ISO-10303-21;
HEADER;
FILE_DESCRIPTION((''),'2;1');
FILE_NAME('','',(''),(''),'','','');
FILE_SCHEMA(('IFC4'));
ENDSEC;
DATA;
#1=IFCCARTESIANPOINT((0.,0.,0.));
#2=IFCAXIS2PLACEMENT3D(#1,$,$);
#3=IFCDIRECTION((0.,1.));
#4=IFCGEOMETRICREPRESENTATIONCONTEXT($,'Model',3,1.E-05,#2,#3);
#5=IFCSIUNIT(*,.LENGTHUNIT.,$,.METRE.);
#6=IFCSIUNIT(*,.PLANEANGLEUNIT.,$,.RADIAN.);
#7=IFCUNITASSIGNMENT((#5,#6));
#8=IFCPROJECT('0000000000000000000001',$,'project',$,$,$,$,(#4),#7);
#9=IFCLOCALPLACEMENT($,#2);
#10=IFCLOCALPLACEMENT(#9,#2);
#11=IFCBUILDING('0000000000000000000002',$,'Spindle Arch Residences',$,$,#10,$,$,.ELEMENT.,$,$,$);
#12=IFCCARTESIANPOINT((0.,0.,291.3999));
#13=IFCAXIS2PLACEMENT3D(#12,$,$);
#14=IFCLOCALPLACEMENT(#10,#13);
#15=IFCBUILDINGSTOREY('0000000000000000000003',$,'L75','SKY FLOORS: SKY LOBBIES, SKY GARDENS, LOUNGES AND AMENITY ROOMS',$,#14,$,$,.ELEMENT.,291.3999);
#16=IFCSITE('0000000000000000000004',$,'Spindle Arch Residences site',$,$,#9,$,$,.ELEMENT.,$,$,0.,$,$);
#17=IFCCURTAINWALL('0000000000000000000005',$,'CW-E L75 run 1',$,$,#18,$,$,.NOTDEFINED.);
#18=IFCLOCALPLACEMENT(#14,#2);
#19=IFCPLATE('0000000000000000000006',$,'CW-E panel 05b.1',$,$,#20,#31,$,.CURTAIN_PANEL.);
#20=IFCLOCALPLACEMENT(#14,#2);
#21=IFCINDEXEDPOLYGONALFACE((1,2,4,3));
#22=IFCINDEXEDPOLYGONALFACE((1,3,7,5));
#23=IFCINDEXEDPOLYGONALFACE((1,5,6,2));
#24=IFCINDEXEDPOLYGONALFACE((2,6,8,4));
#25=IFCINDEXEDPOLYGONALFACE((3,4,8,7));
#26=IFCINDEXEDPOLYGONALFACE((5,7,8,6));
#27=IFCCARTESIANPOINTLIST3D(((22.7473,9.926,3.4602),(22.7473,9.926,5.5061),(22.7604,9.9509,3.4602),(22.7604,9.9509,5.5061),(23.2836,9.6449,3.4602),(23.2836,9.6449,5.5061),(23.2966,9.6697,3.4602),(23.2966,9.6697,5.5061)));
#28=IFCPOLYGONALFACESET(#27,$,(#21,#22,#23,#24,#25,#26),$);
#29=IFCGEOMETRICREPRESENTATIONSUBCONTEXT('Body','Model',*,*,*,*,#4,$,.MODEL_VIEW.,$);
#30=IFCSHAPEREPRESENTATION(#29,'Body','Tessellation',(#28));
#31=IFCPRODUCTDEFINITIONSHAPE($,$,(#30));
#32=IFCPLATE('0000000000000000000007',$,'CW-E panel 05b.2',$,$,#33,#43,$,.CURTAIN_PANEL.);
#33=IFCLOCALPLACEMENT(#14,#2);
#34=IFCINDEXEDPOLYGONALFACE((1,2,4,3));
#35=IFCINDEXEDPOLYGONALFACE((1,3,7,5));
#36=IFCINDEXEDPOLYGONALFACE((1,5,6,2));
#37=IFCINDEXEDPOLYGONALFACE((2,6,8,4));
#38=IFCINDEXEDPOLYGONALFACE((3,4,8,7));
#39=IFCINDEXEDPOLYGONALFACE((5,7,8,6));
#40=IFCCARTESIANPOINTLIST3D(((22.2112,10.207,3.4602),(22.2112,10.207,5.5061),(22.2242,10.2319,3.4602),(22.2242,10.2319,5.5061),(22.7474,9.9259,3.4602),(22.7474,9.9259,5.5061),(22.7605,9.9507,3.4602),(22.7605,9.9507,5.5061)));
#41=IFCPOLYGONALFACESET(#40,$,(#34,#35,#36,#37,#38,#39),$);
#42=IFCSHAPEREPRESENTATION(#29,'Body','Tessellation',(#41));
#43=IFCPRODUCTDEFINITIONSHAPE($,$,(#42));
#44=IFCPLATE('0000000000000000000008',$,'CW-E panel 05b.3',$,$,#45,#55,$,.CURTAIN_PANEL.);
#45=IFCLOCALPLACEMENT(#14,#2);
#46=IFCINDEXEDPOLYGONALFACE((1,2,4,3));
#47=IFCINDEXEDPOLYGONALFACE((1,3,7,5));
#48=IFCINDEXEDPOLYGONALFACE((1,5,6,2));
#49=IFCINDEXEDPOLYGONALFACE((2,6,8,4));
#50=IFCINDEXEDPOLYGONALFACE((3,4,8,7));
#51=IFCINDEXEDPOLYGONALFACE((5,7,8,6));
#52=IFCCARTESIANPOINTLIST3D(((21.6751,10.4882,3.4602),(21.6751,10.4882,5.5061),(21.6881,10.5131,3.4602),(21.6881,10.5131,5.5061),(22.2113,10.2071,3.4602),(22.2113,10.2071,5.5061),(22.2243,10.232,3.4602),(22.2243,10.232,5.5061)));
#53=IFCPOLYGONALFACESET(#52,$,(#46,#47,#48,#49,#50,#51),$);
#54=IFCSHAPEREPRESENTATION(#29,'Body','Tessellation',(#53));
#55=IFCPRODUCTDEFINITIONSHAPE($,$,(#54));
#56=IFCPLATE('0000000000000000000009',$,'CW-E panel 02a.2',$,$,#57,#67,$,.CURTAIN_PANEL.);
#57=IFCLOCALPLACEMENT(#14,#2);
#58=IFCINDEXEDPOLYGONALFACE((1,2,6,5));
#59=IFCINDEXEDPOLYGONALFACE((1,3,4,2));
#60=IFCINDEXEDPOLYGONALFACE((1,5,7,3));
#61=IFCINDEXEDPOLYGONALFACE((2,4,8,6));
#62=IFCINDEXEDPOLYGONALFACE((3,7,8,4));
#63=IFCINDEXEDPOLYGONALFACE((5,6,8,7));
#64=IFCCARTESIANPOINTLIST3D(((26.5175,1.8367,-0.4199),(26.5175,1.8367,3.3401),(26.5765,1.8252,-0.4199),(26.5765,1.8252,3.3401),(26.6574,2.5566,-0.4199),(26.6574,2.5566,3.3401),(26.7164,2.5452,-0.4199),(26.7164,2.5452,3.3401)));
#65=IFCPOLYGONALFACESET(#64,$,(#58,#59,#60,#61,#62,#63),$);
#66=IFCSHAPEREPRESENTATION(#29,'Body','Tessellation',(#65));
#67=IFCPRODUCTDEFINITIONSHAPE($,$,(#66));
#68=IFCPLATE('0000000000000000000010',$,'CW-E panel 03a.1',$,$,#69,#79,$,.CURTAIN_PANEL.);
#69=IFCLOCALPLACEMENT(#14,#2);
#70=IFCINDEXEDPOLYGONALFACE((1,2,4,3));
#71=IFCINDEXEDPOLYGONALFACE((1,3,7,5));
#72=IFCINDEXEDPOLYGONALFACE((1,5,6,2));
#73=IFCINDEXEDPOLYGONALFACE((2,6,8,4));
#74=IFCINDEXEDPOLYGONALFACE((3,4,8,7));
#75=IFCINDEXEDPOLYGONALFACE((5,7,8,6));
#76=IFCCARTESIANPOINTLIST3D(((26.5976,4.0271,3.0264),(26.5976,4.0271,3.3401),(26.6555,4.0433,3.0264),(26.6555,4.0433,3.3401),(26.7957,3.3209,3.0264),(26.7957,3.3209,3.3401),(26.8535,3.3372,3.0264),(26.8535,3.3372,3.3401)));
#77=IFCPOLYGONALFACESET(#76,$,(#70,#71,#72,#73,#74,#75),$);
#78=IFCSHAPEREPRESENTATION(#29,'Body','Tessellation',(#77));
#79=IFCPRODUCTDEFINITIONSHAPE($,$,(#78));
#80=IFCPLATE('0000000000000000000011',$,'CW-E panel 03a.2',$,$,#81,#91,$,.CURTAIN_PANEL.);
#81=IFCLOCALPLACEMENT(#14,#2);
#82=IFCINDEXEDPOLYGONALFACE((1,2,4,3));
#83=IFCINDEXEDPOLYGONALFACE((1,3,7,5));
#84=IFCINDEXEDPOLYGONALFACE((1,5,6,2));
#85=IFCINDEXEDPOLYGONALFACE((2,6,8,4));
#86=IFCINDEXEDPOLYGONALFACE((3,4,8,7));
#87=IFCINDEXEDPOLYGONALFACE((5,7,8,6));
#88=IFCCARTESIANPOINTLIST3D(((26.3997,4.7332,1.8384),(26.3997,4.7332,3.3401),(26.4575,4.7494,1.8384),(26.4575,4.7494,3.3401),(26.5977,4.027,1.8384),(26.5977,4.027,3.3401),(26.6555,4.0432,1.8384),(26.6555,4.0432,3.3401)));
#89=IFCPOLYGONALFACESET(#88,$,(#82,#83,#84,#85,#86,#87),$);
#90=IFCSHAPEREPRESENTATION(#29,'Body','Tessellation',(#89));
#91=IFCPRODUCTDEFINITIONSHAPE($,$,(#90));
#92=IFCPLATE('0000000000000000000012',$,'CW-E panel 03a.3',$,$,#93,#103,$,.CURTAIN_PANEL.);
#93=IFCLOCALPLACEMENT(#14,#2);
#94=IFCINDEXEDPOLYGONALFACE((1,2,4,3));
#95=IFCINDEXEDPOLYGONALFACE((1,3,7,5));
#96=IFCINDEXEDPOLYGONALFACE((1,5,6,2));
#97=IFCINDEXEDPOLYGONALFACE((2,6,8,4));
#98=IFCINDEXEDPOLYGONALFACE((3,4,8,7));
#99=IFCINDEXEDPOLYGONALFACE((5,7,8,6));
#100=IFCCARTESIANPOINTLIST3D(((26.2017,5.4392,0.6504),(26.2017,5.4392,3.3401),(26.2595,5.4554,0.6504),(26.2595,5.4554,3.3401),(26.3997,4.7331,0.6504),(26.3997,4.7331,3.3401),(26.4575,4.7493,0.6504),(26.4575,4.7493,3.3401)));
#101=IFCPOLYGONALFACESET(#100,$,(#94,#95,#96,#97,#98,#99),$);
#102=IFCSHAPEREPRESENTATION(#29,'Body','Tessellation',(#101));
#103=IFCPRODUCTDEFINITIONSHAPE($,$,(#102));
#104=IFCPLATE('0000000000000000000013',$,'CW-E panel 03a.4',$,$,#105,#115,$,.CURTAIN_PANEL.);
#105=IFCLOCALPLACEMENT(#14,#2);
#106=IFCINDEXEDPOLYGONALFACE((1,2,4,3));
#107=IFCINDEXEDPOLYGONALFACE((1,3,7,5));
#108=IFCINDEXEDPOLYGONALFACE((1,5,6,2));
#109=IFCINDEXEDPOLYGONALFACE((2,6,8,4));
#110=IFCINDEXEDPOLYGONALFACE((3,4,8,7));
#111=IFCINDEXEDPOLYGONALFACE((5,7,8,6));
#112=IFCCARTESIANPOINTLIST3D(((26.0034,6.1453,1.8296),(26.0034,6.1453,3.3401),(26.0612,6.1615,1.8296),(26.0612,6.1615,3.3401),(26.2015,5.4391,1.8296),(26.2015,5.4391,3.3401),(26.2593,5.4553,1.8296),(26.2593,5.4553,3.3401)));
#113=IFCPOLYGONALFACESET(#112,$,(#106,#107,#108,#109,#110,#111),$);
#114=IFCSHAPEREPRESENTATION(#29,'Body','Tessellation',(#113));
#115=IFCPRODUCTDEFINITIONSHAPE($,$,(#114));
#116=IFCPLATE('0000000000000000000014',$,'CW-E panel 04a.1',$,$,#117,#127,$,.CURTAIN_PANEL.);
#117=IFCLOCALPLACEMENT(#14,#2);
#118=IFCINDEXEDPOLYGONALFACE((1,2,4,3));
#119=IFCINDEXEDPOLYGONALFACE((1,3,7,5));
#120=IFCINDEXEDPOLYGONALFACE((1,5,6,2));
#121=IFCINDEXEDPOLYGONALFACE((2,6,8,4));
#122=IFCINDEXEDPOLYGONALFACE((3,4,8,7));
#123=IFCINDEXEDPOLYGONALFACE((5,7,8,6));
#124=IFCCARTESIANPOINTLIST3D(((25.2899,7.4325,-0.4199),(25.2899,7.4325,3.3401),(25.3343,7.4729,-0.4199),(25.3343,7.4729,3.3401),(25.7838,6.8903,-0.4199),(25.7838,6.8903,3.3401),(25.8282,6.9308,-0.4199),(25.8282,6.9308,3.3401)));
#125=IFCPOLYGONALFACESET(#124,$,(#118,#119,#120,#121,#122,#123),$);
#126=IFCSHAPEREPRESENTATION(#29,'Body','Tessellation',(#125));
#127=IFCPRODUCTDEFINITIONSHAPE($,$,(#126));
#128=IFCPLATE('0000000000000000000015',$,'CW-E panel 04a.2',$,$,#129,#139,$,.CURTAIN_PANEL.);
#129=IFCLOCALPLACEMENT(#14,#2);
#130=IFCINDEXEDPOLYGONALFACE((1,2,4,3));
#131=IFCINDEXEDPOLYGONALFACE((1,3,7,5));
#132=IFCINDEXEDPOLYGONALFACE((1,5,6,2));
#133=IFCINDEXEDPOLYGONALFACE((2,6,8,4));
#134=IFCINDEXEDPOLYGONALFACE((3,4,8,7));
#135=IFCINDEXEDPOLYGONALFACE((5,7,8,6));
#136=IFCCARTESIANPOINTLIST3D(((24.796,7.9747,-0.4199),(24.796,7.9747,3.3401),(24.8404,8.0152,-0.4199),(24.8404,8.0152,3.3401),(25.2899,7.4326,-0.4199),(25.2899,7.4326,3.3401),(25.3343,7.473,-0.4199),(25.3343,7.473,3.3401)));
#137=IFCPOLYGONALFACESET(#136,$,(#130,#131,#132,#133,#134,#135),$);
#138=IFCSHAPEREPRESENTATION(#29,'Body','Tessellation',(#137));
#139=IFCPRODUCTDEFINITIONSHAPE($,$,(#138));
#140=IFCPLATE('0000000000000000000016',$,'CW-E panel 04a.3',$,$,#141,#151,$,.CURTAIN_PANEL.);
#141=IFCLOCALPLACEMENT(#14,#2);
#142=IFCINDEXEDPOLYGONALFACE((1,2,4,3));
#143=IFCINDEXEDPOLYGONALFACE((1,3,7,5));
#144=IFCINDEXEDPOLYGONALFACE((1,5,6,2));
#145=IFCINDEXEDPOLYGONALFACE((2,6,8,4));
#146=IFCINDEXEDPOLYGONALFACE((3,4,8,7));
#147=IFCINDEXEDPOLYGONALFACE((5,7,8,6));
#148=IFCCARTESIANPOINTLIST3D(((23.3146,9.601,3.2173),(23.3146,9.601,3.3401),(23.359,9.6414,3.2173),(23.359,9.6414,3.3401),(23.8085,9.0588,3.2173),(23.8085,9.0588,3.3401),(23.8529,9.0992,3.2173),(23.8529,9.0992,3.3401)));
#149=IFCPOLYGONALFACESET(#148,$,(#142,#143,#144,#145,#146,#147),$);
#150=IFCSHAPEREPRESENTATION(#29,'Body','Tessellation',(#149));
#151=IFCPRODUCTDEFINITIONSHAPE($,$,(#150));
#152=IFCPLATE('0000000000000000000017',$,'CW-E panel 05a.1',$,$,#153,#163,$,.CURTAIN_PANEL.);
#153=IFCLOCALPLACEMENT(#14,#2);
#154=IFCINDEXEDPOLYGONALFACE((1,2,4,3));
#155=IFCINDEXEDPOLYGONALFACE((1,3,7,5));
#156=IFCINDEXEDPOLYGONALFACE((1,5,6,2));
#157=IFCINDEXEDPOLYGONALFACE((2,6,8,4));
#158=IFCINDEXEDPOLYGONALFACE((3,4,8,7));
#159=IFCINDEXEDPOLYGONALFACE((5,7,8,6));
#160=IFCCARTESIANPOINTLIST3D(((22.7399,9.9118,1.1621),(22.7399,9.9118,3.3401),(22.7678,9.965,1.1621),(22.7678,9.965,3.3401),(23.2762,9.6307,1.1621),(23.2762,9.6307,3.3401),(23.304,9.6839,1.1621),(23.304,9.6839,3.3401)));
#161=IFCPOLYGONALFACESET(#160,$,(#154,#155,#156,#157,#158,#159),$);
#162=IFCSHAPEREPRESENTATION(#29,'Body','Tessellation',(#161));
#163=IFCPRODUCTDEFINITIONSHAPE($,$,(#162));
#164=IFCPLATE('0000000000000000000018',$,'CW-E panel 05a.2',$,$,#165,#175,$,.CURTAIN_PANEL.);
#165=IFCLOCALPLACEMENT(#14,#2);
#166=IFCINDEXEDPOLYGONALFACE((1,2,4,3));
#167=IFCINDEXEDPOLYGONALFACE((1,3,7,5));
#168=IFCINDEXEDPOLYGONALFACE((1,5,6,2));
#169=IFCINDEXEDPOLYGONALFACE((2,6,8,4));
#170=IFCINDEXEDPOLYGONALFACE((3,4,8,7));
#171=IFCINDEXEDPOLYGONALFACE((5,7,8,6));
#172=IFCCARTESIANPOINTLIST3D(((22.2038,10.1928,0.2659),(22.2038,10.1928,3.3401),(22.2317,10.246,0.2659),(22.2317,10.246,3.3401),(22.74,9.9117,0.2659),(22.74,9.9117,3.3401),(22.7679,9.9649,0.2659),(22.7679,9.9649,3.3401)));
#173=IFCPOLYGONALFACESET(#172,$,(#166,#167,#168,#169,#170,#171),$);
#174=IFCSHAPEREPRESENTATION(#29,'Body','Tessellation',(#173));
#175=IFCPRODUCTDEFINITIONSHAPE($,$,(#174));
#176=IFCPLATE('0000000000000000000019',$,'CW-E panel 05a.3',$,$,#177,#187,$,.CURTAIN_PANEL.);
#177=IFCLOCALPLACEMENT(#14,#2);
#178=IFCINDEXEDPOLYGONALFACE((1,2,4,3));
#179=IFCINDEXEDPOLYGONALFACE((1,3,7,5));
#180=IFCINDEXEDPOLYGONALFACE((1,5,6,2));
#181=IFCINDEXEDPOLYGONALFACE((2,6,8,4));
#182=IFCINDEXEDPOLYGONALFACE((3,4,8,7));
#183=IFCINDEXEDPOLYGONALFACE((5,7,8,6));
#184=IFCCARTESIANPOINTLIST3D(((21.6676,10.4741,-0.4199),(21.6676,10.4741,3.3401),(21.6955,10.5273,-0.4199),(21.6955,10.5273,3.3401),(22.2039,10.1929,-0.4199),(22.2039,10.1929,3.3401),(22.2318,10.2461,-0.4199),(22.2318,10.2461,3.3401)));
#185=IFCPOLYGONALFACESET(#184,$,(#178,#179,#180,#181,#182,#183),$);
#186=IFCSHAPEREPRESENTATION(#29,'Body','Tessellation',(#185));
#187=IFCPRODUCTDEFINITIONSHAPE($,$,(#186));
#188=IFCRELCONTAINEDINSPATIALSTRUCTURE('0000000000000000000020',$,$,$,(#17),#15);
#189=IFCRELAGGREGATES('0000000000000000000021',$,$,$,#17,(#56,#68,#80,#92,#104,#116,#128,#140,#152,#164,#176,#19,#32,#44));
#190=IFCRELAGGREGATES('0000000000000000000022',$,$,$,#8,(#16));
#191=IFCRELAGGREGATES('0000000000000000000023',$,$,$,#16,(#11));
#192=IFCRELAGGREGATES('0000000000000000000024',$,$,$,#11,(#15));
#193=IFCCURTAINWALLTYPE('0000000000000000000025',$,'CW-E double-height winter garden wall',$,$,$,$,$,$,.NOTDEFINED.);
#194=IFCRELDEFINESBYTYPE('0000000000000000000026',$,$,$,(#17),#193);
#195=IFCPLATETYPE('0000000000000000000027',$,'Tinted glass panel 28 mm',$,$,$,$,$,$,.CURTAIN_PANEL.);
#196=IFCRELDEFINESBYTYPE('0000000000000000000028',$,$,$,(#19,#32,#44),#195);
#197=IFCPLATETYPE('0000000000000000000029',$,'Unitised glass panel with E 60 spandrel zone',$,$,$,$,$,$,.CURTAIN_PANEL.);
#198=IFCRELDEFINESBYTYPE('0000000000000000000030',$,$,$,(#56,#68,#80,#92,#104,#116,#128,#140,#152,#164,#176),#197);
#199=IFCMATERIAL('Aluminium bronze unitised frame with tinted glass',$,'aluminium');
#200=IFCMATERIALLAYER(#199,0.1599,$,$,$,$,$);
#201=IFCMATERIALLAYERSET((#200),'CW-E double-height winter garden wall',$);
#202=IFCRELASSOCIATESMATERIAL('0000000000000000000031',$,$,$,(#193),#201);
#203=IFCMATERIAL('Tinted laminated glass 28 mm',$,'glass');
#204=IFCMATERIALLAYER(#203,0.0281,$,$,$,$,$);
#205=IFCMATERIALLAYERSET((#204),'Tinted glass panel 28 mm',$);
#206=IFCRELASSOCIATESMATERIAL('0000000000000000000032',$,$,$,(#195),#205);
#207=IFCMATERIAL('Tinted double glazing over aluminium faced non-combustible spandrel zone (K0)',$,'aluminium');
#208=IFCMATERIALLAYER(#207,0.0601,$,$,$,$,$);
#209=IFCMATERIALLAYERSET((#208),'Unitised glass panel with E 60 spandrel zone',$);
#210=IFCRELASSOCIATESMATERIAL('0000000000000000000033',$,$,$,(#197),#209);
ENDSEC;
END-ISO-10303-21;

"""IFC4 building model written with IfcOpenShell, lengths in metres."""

from ifc_helpers import new_model, si_unit, direction, frame, origin, origin_2d, place, context, subcontext, project, spatial, rectangle, extrude, material, layer, layer_set, type_object, element, aggregate, save


model = new_model("IFC4")

# Units and contexts
model_context = context("Model", 3, precision=1e-05, world=origin(), true_north=direction((0.0, 1.0)))
body_context = subcontext(model_context, "Body", "Model", "MODEL_VIEW")
ifc_project = project(units=[si_unit("LENGTHUNIT", "METRE"), si_unit("PLANEANGLEUNIT", "RADIAN")], contexts=[model_context])

# Site, building, storey
site_placement = place(None, origin())
site = spatial("IfcSite", under=ifc_project, at=site_placement, Name="Spindle Arch Residences site", CompositionType="ELEMENT", RefElevation=0.0)
building_placement = place(site_placement, origin())
building = spatial("IfcBuilding", under=site, at=building_placement, Name="Spindle Arch Residences", CompositionType="ELEMENT")
storey_placement = place(building_placement, frame((0.0, 0.0, 291.3999)))
storey = spatial("IfcBuildingStorey", under=building, at=storey_placement, Name="L75", Description="SKY FLOORS: SKY LOBBIES, SKY GARDENS, LOUNGES AND AMENITY ROOMS", CompositionType="ELEMENT", Elevation=291.3999)

# Curtain wall, plates
ifc_material_1 = material(Name="Aluminium bronze unitised frame with tinted glass", Category="aluminium")
ifc_layer_1 = layer(ifc_material_1, 0.1599)
ifc_layer_set_1 = layer_set([ifc_layer_1], Name="CW-E double-height winter garden wall")
curtain_wall_type = type_object("IfcCurtainWallType", Name="CW-E double-height winter garden wall", PredefinedType="NOTDEFINED", material=ifc_layer_set_1)
curtain_wall_placement = place(storey_placement, origin())
curtain_wall = element("IfcCurtainWall", 1, at=curtain_wall_placement, inside=storey, type_object=curtain_wall_type, Name="CW-E L75 run 1", PredefinedType="NOTDEFINED")
ifc_material_2 = material(Name="Tinted laminated glass 28 mm", Category="glass")
ifc_layer_2 = layer(ifc_material_2, 0.0281)
ifc_layer_set_2 = layer_set([ifc_layer_2], Name="Tinted glass panel 28 mm")
plate_type_1 = type_object("IfcPlateType", Name="Tinted glass panel 28 mm", PredefinedType="CURTAIN_PANEL", material=ifc_layer_set_2)
plate_1_placement = place(storey_placement, frame((23.022, 9.7979, 3.4602), z_axis=(0.0, 0.0, 1.0), x_axis=(-0.885664, 0.464327, 0.0)))
plate_1 = element("IfcPlate", 2, at=plate_1_placement, type_object=plate_type_1, Name="CW-E panel 05b.1", PredefinedType="CURTAIN_PANEL", context=body_context, shape_type="SweptSolid", body=[
    extrude(rectangle(XDim=0.6055, YDim=0.0281, at=origin_2d()), origin(), (0.0, 0.0, 1.0), 2.0459),
])
plate_2_placement = place(storey_placement, frame((22.4858, 10.0789, 3.4602), z_axis=(0.0, 0.0, 1.0), x_axis=(-0.885664, 0.464327, 0.0)))
plate_2 = element("IfcPlate", 3, at=plate_2_placement, type_object=plate_type_1, Name="CW-E panel 05b.2", PredefinedType="CURTAIN_PANEL", context=body_context, shape_type="SweptSolid", body=[
    extrude(rectangle(XDim=0.6055, YDim=0.0281, at=origin_2d()), origin(), (0.0, 0.0, 1.0), 2.0459),
])
plate_3_placement = place(storey_placement, frame((21.9497, 10.3601, 3.4602), z_axis=(0.0, 0.0, 1.0), x_axis=(-0.885664, 0.464327, 0.0)))
plate_3 = element("IfcPlate", 4, at=plate_3_placement, type_object=plate_type_1, Name="CW-E panel 05b.3", PredefinedType="CURTAIN_PANEL", context=body_context, shape_type="SweptSolid", body=[
    extrude(rectangle(XDim=0.6055, YDim=0.0281, at=origin_2d()), origin(), (0.0, 0.0, 1.0), 2.0459),
])
ifc_material_3 = material(Name="Tinted double glazing over aluminium faced non-combustible spandrel zone (K0)", Category="aluminium")
ifc_layer_3 = layer(ifc_material_3, 0.0601)
ifc_layer_set_3 = layer_set([ifc_layer_3], Name="Unitised glass panel with E 60 spandrel zone")
plate_type_2 = type_object("IfcPlateType", Name="Unitised glass panel with E 60 spandrel zone", PredefinedType="CURTAIN_PANEL", material=ifc_layer_set_3)
plate_4_placement = place(storey_placement, frame((26.6169, 2.1909, -0.4199), z_axis=(0.0, 0.0, 1.0), x_axis=(0.190809, 0.981627, 0.0)))
plate_4 = element("IfcPlate", 5, at=plate_4_placement, type_object=plate_type_2, Name="CW-E panel 02a.2", PredefinedType="CURTAIN_PANEL", context=body_context, shape_type="SweptSolid", body=[
    extrude(rectangle(XDim=0.7334, YDim=0.0601, at=origin_2d()), origin(), (0.0, 0.0, 1.0), 3.76),
])
plate_5_placement = place(storey_placement, frame((26.7256, 3.6821, 3.0264), z_axis=(0.0, 0.0, 1.0), x_axis=(-0.27004, 0.962849, 0.0)))
plate_5 = element("IfcPlate", 6, at=plate_5_placement, type_object=plate_type_2, Name="CW-E panel 03a.1", PredefinedType="CURTAIN_PANEL", context=body_context, shape_type="SweptSolid", body=[
    extrude(rectangle(XDim=0.7334, YDim=0.0601, at=origin_2d()), origin(), (0.0, 0.0, 1.0), 0.3137),
])
plate_6_placement = place(storey_placement, frame((26.5276, 4.3882, 1.8384), z_axis=(0.0, 0.0, 1.0), x_axis=(-0.27004, 0.962849, 0.0)))
plate_6 = element("IfcPlate", 7, at=plate_6_placement, type_object=plate_type_2, Name="CW-E panel 03a.2", PredefinedType="CURTAIN_PANEL", context=body_context, shape_type="SweptSolid", body=[
    extrude(rectangle(XDim=0.7334, YDim=0.0601, at=origin_2d()), origin(), (0.0, 0.0, 1.0), 1.5017),
])
plate_7_placement = place(storey_placement, frame((26.3296, 5.0942, 0.6504), z_axis=(0.0, 0.0, 1.0), x_axis=(-0.27004, 0.962849, 0.0)))
plate_7 = element("IfcPlate", 8, at=plate_7_placement, type_object=plate_type_2, Name="CW-E panel 03a.3", PredefinedType="CURTAIN_PANEL", context=body_context, shape_type="SweptSolid", body=[
    extrude(rectangle(XDim=0.7334, YDim=0.0601, at=origin_2d()), origin(), (0.0, 0.0, 1.0), 2.6897),
])
plate_8_placement = place(storey_placement, frame((26.1313, 5.8003, 1.8296), z_axis=(0.0, 0.0, 1.0), x_axis=(-0.27004, 0.962849, 0.0)))
plate_8 = element("IfcPlate", 9, at=plate_8_placement, type_object=plate_type_2, Name="CW-E panel 03a.4", PredefinedType="CURTAIN_PANEL", context=body_context, shape_type="SweptSolid", body=[
    extrude(rectangle(XDim=0.7334, YDim=0.0601, at=origin_2d()), origin(), (0.0, 0.0, 1.0), 1.5105),
])
plate_9_placement = place(storey_placement, frame((25.5591, 7.1816, -0.4199), z_axis=(0.0, 0.0, 1.0), x_axis=(-0.673443, 0.739239, 0.0)))
plate_9 = element("IfcPlate", 10, at=plate_9_placement, type_object=plate_type_2, Name="CW-E panel 04a.1", PredefinedType="CURTAIN_PANEL", context=body_context, shape_type="SweptSolid", body=[
    extrude(rectangle(XDim=0.7334, YDim=0.0601, at=origin_2d()), origin(), (0.0, 0.0, 1.0), 3.76),
])
plate_10_placement = place(storey_placement, frame((25.0652, 7.7239, -0.4199), z_axis=(0.0, 0.0, 1.0), x_axis=(-0.673443, 0.739239, 0.0)))
plate_10 = element("IfcPlate", 11, at=plate_10_placement, type_object=plate_type_2, Name="CW-E panel 04a.2", PredefinedType="CURTAIN_PANEL", context=body_context, shape_type="SweptSolid", body=[
    extrude(rectangle(XDim=0.7334, YDim=0.0601, at=origin_2d()), origin(), (0.0, 0.0, 1.0), 3.76),
])
plate_11_placement = place(storey_placement, frame((23.5837, 9.3501, 3.2173), z_axis=(0.0, 0.0, 1.0), x_axis=(-0.673443, 0.739239, 0.0)))
plate_11 = element("IfcPlate", 12, at=plate_11_placement, type_object=plate_type_2, Name="CW-E panel 04a.3", PredefinedType="CURTAIN_PANEL", context=body_context, shape_type="SweptSolid", body=[
    extrude(rectangle(XDim=0.7334, YDim=0.0601, at=origin_2d()), origin(), (0.0, 0.0, 1.0), 0.1228),
])
plate_12_placement = place(storey_placement, frame((23.022, 9.7979, 1.1621), z_axis=(0.0, 0.0, 1.0), x_axis=(-0.885664, 0.464327, 0.0)))
plate_12 = element("IfcPlate", 13, at=plate_12_placement, type_object=plate_type_2, Name="CW-E panel 05a.1", PredefinedType="CURTAIN_PANEL", context=body_context, shape_type="SweptSolid", body=[
    extrude(rectangle(XDim=0.6055, YDim=0.0601, at=origin_2d()), origin(), (0.0, 0.0, 1.0), 2.178),
])
plate_13_placement = place(storey_placement, frame((22.4858, 10.0789, 0.2659), z_axis=(0.0, 0.0, 1.0), x_axis=(-0.885664, 0.464327, 0.0)))
plate_13 = element("IfcPlate", 14, at=plate_13_placement, type_object=plate_type_2, Name="CW-E panel 05a.2", PredefinedType="CURTAIN_PANEL", context=body_context, shape_type="SweptSolid", body=[
    extrude(rectangle(XDim=0.6055, YDim=0.0601, at=origin_2d()), origin(), (0.0, 0.0, 1.0), 3.0742),
])
plate_14_placement = place(storey_placement, frame((21.9497, 10.3601, -0.4199), z_axis=(0.0, 0.0, 1.0), x_axis=(-0.885664, 0.464327, 0.0)))
plate_14 = element("IfcPlate", 15, at=plate_14_placement, type_object=plate_type_2, Name="CW-E panel 05a.3", PredefinedType="CURTAIN_PANEL", context=body_context, shape_type="SweptSolid", body=[
    extrude(rectangle(XDim=0.6055, YDim=0.0601, at=origin_2d()), origin(), (0.0, 0.0, 1.0), 3.76),
])
aggregate(curtain_wall, [plate_4, plate_5, plate_6, plate_7, plate_8, plate_9, plate_10, plate_11, plate_12, plate_13, plate_14, plate_1, plate_2, plate_3])

save(model, "model.ifc")
